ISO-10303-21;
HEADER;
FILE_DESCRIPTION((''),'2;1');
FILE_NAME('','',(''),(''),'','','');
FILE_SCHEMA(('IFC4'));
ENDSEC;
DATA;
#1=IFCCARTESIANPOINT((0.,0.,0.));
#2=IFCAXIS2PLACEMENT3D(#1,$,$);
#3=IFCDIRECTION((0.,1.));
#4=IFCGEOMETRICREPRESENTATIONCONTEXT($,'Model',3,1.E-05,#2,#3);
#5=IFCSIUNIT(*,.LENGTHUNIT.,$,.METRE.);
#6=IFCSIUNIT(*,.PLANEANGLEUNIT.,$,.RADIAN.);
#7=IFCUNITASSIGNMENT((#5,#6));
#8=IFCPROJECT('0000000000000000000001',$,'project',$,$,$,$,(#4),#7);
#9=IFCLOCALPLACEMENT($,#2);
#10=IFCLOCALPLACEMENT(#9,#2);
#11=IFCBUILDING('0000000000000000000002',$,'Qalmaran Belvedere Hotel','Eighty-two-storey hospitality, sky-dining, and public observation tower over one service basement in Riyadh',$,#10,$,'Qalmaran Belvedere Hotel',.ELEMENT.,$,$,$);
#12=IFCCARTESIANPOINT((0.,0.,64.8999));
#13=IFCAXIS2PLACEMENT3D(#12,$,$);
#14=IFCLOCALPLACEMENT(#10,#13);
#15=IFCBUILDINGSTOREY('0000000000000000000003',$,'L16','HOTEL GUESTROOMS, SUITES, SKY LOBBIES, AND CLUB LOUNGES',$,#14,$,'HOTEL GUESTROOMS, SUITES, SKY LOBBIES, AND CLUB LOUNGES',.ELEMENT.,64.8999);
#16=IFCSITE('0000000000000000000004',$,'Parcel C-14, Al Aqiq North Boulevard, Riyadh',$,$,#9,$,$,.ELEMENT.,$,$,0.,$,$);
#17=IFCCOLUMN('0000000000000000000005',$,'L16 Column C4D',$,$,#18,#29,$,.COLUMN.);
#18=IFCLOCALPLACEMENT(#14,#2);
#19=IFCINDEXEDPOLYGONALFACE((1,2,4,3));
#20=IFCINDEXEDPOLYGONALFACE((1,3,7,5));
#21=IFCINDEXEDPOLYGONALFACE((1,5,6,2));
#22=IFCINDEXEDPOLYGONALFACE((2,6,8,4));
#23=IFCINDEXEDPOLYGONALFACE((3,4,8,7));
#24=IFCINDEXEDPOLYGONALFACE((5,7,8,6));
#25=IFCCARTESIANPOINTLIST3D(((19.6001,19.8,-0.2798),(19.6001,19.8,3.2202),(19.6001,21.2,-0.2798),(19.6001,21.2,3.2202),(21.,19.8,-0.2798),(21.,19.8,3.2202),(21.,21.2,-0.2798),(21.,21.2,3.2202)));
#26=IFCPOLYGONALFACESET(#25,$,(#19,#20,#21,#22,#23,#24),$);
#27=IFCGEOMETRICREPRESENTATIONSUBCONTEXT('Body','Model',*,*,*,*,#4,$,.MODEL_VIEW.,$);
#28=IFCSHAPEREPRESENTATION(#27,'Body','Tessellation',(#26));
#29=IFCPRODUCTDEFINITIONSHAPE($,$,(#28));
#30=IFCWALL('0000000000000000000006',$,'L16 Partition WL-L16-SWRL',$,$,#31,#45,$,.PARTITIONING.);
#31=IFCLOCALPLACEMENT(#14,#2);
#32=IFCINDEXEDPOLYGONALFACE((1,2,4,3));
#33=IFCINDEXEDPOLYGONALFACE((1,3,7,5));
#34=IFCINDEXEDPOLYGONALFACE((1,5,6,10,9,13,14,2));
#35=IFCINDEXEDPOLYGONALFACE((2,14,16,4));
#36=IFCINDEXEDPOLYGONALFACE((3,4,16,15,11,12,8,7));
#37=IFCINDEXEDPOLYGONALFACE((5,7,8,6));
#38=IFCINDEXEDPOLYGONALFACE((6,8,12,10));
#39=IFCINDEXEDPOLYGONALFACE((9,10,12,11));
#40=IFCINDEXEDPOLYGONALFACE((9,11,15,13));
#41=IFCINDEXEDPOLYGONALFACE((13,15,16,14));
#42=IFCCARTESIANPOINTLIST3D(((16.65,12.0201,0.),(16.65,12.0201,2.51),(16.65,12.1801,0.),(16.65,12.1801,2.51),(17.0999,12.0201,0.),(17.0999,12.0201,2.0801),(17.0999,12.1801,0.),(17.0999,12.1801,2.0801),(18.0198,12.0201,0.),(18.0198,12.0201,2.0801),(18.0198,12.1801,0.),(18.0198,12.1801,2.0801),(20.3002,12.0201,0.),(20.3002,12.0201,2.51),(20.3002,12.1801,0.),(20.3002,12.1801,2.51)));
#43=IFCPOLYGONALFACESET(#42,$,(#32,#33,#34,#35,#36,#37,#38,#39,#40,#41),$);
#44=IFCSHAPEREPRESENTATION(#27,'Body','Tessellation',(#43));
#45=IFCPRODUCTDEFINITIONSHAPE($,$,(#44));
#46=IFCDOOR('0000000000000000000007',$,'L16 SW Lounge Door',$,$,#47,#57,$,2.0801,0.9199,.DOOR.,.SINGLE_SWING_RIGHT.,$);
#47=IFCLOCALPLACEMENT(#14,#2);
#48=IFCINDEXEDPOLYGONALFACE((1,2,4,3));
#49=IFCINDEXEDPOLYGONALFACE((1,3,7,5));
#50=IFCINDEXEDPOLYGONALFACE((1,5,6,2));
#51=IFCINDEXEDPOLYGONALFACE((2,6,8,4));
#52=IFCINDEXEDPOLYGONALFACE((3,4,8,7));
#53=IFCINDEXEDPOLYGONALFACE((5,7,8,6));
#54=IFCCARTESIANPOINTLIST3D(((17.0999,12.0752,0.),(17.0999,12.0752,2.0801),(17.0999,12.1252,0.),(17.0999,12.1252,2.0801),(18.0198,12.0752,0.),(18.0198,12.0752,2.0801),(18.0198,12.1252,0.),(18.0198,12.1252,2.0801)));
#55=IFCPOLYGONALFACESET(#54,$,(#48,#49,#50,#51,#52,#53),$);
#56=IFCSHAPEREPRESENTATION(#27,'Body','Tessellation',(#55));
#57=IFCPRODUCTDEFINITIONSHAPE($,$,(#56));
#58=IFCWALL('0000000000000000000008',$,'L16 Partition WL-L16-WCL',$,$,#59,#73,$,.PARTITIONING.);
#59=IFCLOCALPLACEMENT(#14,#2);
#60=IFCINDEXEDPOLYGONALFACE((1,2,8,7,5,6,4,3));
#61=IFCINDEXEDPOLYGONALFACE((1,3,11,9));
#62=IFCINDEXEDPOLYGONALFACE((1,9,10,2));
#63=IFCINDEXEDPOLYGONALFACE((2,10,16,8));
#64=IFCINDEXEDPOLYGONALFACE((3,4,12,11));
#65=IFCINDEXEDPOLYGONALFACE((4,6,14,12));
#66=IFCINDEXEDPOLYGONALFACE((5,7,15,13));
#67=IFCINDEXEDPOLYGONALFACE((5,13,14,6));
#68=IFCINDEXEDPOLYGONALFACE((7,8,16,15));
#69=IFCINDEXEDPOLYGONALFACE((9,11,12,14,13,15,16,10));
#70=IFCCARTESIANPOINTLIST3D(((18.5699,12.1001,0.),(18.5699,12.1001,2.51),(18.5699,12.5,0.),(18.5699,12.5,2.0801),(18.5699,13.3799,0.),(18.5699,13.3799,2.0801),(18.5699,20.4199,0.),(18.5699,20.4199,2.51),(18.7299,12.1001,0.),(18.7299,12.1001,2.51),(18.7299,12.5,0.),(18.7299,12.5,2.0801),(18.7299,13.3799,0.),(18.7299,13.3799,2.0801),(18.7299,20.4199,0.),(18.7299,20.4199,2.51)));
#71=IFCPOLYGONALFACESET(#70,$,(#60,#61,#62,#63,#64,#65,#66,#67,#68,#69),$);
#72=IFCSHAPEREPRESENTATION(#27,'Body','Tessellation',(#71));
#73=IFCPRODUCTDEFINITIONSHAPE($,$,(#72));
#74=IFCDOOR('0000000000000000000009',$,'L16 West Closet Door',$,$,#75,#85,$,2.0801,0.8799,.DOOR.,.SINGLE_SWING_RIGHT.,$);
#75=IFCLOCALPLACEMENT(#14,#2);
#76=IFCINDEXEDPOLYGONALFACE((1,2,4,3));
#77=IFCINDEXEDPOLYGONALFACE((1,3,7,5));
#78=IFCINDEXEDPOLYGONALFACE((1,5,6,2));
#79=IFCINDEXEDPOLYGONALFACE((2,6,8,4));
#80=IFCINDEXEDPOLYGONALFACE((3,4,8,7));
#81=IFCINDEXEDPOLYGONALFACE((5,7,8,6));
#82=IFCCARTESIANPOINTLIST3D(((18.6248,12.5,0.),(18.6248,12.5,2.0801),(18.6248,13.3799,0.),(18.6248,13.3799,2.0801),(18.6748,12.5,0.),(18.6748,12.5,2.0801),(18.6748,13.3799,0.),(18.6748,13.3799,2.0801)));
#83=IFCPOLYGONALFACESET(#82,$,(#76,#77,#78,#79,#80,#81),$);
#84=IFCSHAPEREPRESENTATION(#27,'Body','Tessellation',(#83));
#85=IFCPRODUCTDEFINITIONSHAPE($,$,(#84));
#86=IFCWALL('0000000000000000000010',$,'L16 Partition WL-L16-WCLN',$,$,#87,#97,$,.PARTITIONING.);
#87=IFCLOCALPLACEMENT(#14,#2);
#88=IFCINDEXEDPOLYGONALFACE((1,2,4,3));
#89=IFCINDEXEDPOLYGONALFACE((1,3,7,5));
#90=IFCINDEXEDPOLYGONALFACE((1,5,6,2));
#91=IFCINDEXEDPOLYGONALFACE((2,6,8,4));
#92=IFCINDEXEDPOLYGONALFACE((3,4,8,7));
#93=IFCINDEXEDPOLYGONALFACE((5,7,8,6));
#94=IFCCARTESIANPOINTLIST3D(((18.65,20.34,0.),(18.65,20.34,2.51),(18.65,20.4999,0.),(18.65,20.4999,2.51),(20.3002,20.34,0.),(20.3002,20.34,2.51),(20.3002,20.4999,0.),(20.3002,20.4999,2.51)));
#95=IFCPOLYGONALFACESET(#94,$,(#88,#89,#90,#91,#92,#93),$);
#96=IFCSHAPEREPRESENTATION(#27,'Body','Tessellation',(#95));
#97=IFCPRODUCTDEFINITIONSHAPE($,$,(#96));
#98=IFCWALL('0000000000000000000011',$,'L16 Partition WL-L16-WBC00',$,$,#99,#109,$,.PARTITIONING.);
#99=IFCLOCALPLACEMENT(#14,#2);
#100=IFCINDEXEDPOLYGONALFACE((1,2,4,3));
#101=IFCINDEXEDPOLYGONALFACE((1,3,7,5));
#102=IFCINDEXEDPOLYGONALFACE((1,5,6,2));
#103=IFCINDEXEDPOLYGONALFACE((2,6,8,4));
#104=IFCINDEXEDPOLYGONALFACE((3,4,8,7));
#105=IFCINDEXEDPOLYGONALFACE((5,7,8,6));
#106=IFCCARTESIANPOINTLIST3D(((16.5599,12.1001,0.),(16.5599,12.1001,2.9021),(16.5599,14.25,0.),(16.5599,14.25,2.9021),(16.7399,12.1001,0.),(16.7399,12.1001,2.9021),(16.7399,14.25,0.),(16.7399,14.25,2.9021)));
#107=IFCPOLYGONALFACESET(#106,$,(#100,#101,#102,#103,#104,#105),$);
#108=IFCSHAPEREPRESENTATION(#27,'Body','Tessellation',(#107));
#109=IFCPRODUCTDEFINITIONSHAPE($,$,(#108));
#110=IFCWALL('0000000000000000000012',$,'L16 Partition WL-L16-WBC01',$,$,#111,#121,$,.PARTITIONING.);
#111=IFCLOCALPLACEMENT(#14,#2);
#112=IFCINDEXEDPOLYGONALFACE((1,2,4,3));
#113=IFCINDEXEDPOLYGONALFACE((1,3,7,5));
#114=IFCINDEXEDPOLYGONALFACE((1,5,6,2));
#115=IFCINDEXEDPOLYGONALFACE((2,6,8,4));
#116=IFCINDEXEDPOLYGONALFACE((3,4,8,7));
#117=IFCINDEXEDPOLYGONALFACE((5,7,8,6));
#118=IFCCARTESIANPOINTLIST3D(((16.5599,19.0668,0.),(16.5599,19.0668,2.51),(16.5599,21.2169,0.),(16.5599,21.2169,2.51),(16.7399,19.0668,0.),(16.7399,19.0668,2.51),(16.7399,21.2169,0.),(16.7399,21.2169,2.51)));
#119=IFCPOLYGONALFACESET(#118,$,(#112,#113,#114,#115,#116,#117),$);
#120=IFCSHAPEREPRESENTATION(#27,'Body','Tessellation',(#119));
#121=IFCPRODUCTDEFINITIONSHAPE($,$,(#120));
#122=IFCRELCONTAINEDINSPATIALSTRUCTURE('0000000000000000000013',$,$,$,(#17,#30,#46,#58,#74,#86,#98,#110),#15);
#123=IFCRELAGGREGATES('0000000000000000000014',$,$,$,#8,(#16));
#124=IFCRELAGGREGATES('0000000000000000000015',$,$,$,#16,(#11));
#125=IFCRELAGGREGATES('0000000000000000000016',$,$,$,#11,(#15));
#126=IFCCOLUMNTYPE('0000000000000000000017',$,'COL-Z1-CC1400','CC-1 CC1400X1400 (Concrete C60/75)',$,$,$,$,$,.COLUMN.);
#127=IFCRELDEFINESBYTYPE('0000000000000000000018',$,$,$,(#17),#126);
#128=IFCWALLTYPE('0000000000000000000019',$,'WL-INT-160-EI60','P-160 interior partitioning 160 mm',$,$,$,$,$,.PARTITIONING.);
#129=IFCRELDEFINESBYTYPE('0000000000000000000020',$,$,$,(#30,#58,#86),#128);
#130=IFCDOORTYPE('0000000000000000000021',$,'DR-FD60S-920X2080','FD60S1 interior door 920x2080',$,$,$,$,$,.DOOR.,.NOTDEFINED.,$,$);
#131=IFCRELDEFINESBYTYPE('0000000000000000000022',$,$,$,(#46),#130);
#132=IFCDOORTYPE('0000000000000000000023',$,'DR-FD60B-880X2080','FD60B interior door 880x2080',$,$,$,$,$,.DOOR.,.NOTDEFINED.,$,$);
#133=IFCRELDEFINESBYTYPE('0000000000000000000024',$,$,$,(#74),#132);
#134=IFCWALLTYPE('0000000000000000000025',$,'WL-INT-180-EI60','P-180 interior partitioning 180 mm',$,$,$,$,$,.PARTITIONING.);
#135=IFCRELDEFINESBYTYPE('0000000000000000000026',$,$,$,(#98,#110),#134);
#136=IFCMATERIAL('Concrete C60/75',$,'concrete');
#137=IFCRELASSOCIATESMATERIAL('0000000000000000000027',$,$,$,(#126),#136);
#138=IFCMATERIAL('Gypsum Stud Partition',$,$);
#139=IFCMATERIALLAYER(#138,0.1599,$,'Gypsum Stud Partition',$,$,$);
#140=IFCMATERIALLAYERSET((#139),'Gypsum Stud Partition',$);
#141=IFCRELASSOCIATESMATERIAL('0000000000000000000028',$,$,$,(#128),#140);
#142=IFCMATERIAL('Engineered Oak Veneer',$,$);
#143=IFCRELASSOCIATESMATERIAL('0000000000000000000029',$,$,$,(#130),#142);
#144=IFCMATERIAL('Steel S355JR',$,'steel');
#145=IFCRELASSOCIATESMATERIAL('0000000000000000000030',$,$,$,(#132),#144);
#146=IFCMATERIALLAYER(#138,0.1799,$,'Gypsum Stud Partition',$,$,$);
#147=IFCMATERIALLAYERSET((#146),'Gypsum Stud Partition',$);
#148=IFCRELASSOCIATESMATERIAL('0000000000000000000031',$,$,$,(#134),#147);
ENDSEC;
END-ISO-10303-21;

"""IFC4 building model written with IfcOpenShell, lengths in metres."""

from ifc_helpers import new_model, si_unit, direction, frame, frame_2d, origin, origin_2d, place, context, subcontext, project, spatial, rectangle, extrude, material, layer, layer_set, material_profile, profile_set, type_object, element, fill, save


model = new_model("IFC4")

# Units and contexts
model_context = context("Model", 3, precision=1e-05, world=origin(), true_north=direction((0.0, 1.0)))
body_context = subcontext(model_context, "Body", "Model", "MODEL_VIEW")
ifc_project = project(units=[si_unit("LENGTHUNIT", "METRE"), si_unit("PLANEANGLEUNIT", "RADIAN")], contexts=[model_context])

# Site, building, storey
site_placement = place(None, origin())
site = spatial("IfcSite", under=ifc_project, at=site_placement, Name="Parcel C-14, Al Aqiq North Boulevard, Riyadh", CompositionType="ELEMENT", RefElevation=0.0)
building_placement = place(site_placement, origin())
building = spatial("IfcBuilding", under=site, at=building_placement, Name="Qalmaran Belvedere Hotel", Description="Eighty-two-storey hospitality, sky-dining, and public observation tower over one service basement in Riyadh", LongName="Qalmaran Belvedere Hotel", CompositionType="ELEMENT")
storey_placement = place(building_placement, frame((0.0, 0.0, 64.8999)))
storey = spatial("IfcBuildingStorey", under=building, at=storey_placement, Name="L16", Description="HOTEL GUESTROOMS, SUITES, SKY LOBBIES, AND CLUB LOUNGES", LongName="HOTEL GUESTROOMS, SUITES, SKY LOBBIES, AND CLUB LOUNGES", CompositionType="ELEMENT", Elevation=64.8999)

# Column
ifc_material_1 = material(Name="Concrete C60/75", Category="concrete")
ifc_material_profile = material_profile(ifc_material_1, rectangle(XDim=1.3999, YDim=1.3999, at=origin_2d()), Name="CC1400X1400")
ifc_profile_set = profile_set([ifc_material_profile], Name="Concrete C60/75")
column_type = type_object("IfcColumnType", Name="COL-Z1-CC1400", Description="CC-1 CC1400X1400 (Concrete C60/75)", PredefinedType="COLUMN", material=ifc_profile_set)
column_placement = place(storey_placement, frame((20.3, 20.5, -0.2798), z_axis=(0.0, 0.0, 1.0), x_axis=(1.0, 0.0, 0.0)))
element("IfcColumn", 1, at=column_placement, inside=storey, type_object=column_type, Name="L16 Column C4D", PredefinedType="COLUMN", context=body_context, shape_type="SweptSolid", body=[
    extrude(rectangle(XDim=1.3999, YDim=1.3999, at=origin_2d()), origin(), (0.0, 0.0, 1.0), 3.5),
])

# Walls, openings, doors
ifc_material_2 = material(Name="Gypsum Stud Partition")
ifc_layer_1 = layer(ifc_material_2, 0.1599, Name="Gypsum Stud Partition")
ifc_layer_set_1 = layer_set([ifc_layer_1], Name="Gypsum Stud Partition")
wall_type_1 = type_object("IfcWallType", Name="WL-INT-160-EI60", Description="P-160 interior partitioning 160 mm", PredefinedType="PARTITIONING", material=ifc_layer_set_1)
wall_1_placement = place(storey_placement, frame((16.6499, 12.1001, 0.0), z_axis=(0.0, 0.0, 1.0), x_axis=(1.0, 0.0, 0.0)))
wall_1 = element("IfcWall", 2, at=wall_1_placement, inside=storey, type_object=wall_type_1, Name="L16 Partition WL-L16-SWRL", PredefinedType="PARTITIONING", context=body_context, shape_type="SweptSolid", body=[
    extrude(rectangle(XDim=3.6501, YDim=0.1599, at=frame_2d((1.8252, 0.0))), origin(), (0.0, 0.0, 1.0), 2.51),
])
opening_1_placement = place(wall_1_placement, frame((1.3699, 0.0, 0.0), z_axis=(0.0, 0.0, 1.0), x_axis=(-1.0, 0.0, 0.0)))
opening_1 = element("IfcOpeningElement", 3, at=opening_1_placement, cuts=wall_1, PredefinedType="OPENING", context=body_context, shape_type="SweptSolid", body=[
    extrude(rectangle(XDim=0.9199, YDim=2.0801, at=frame_2d((0.46, 1.04))), frame((0.0, 0.0898, 0.0), z_axis=(0.0, -1.0, 0.0), x_axis=(1.0, 0.0, 0.0)), (0.0, 0.0, 1.0), 0.1799),
])
ifc_material_3 = material(Name="Engineered Oak Veneer")
door_type_1 = type_object("IfcDoorType", Name="DR-FD60S-920X2080", Description="FD60S1 interior door 920x2080", OperationType="NOTDEFINED", PredefinedType="DOOR", material=ifc_material_3)
door_1_placement = place(opening_1_placement, origin())
door_1 = element("IfcDoor", 4, at=door_1_placement, inside=storey, type_object=door_type_1, Name="L16 SW Lounge Door", OperationType="SINGLE_SWING_RIGHT", OverallHeight=2.0801, OverallWidth=0.9199, PredefinedType="DOOR", context=body_context, shape_type="SweptSolid", body=[
    extrude(rectangle(XDim=0.9199, YDim=2.0801, at=frame_2d((0.46, 1.04))), frame((0.0, 0.0249, 0.0), z_axis=(0.0, -1.0, 0.0), x_axis=(1.0, 0.0, 0.0)), (0.0, 0.0, 1.0), 0.05),
])
fill(opening_1, door_1)
wall_2_placement = place(storey_placement, frame((18.6499, 12.1001, 0.0), z_axis=(0.0, 0.0, 1.0), x_axis=(0.0, 1.0, 0.0)))
wall_2 = element("IfcWall", 5, at=wall_2_placement, inside=storey, type_object=wall_type_1, Name="L16 Partition WL-L16-WCL", PredefinedType="PARTITIONING", context=body_context, shape_type="SweptSolid", body=[
    extrude(rectangle(XDim=8.3198, YDim=0.1599, at=frame_2d((4.1599, 0.0))), origin(), (0.0, 0.0, 1.0), 2.51),
])
opening_2_placement = place(wall_2_placement, frame((1.2798, 0.0, 0.0), z_axis=(0.0, 0.0, 1.0), x_axis=(-1.0, 0.0, 0.0)))
opening_2 = element("IfcOpeningElement", 6, at=opening_2_placement, cuts=wall_2, PredefinedType="OPENING", context=body_context, shape_type="SweptSolid", body=[
    extrude(rectangle(XDim=0.8799, YDim=2.0801, at=frame_2d((0.4399, 1.04))), frame((0.0, 0.0898, 0.0), z_axis=(0.0, -1.0, 0.0), x_axis=(1.0, 0.0, 0.0)), (0.0, 0.0, 1.0), 0.1799),
])
ifc_material_4 = material(Name="Steel S355JR", Category="steel")
door_type_2 = type_object("IfcDoorType", Name="DR-FD60B-880X2080", Description="FD60B interior door 880x2080", OperationType="NOTDEFINED", PredefinedType="DOOR", material=ifc_material_4)
door_2_placement = place(opening_2_placement, origin())
door_2 = element("IfcDoor", 7, at=door_2_placement, inside=storey, type_object=door_type_2, Name="L16 West Closet Door", OperationType="SINGLE_SWING_RIGHT", OverallHeight=2.0801, OverallWidth=0.8799, PredefinedType="DOOR", context=body_context, shape_type="SweptSolid", body=[
    extrude(rectangle(XDim=0.8799, YDim=2.0801, at=frame_2d((0.4399, 1.04))), frame((0.0, 0.0249, 0.0), z_axis=(0.0, -1.0, 0.0), x_axis=(1.0, 0.0, 0.0)), (0.0, 0.0, 1.0), 0.05),
])
fill(opening_2, door_2)

# Walls
wall_3_placement = place(storey_placement, frame((18.6499, 20.4199, 0.0), z_axis=(0.0, 0.0, 1.0), x_axis=(1.0, 0.0, 0.0)))
element("IfcWall", 8, at=wall_3_placement, inside=storey, type_object=wall_type_1, Name="L16 Partition WL-L16-WCLN", PredefinedType="PARTITIONING", context=body_context, shape_type="SweptSolid", body=[
    extrude(rectangle(XDim=1.6501, YDim=0.1599, at=frame_2d((0.8252, 0.0))), origin(), (0.0, 0.0, 1.0), 2.51),
])
ifc_layer_2 = layer(ifc_material_2, 0.1799, Name="Gypsum Stud Partition")
ifc_layer_set_2 = layer_set([ifc_layer_2], Name="Gypsum Stud Partition")
wall_type_2 = type_object("IfcWallType", Name="WL-INT-180-EI60", Description="P-180 interior partitioning 180 mm", PredefinedType="PARTITIONING", material=ifc_layer_set_2)
wall_4_placement = place(storey_placement, frame((16.6499, 12.1001, 0.0), z_axis=(0.0, 0.0, 1.0), x_axis=(0.0, 1.0, 0.0)))
element("IfcWall", 9, at=wall_4_placement, inside=storey, type_object=wall_type_2, Name="L16 Partition WL-L16-WBC00", PredefinedType="PARTITIONING", context=body_context, shape_type="SweptSolid", body=[
    extrude(rectangle(XDim=2.1499, YDim=0.1799, at=frame_2d((1.075, 0.0))), origin(), (0.0, 0.0, 1.0), 2.9021),
])

# Wall
wall_5_placement = place(storey_placement, frame((16.6499, 19.0667, 0.0), z_axis=(0.0, 0.0, 1.0), x_axis=(0.0, 1.0, 0.0)))
element("IfcWall", 10, at=wall_5_placement, inside=storey, type_object=wall_type_2, Name="L16 Partition WL-L16-WBC01", PredefinedType="PARTITIONING", context=body_context, shape_type="SweptSolid", body=[
    extrude(rectangle(XDim=2.1501, YDim=0.1799, at=frame_2d((1.0752, 0.0))), origin(), (0.0, 0.0, 1.0), 2.51),
])

save(model, "model.ifc")
